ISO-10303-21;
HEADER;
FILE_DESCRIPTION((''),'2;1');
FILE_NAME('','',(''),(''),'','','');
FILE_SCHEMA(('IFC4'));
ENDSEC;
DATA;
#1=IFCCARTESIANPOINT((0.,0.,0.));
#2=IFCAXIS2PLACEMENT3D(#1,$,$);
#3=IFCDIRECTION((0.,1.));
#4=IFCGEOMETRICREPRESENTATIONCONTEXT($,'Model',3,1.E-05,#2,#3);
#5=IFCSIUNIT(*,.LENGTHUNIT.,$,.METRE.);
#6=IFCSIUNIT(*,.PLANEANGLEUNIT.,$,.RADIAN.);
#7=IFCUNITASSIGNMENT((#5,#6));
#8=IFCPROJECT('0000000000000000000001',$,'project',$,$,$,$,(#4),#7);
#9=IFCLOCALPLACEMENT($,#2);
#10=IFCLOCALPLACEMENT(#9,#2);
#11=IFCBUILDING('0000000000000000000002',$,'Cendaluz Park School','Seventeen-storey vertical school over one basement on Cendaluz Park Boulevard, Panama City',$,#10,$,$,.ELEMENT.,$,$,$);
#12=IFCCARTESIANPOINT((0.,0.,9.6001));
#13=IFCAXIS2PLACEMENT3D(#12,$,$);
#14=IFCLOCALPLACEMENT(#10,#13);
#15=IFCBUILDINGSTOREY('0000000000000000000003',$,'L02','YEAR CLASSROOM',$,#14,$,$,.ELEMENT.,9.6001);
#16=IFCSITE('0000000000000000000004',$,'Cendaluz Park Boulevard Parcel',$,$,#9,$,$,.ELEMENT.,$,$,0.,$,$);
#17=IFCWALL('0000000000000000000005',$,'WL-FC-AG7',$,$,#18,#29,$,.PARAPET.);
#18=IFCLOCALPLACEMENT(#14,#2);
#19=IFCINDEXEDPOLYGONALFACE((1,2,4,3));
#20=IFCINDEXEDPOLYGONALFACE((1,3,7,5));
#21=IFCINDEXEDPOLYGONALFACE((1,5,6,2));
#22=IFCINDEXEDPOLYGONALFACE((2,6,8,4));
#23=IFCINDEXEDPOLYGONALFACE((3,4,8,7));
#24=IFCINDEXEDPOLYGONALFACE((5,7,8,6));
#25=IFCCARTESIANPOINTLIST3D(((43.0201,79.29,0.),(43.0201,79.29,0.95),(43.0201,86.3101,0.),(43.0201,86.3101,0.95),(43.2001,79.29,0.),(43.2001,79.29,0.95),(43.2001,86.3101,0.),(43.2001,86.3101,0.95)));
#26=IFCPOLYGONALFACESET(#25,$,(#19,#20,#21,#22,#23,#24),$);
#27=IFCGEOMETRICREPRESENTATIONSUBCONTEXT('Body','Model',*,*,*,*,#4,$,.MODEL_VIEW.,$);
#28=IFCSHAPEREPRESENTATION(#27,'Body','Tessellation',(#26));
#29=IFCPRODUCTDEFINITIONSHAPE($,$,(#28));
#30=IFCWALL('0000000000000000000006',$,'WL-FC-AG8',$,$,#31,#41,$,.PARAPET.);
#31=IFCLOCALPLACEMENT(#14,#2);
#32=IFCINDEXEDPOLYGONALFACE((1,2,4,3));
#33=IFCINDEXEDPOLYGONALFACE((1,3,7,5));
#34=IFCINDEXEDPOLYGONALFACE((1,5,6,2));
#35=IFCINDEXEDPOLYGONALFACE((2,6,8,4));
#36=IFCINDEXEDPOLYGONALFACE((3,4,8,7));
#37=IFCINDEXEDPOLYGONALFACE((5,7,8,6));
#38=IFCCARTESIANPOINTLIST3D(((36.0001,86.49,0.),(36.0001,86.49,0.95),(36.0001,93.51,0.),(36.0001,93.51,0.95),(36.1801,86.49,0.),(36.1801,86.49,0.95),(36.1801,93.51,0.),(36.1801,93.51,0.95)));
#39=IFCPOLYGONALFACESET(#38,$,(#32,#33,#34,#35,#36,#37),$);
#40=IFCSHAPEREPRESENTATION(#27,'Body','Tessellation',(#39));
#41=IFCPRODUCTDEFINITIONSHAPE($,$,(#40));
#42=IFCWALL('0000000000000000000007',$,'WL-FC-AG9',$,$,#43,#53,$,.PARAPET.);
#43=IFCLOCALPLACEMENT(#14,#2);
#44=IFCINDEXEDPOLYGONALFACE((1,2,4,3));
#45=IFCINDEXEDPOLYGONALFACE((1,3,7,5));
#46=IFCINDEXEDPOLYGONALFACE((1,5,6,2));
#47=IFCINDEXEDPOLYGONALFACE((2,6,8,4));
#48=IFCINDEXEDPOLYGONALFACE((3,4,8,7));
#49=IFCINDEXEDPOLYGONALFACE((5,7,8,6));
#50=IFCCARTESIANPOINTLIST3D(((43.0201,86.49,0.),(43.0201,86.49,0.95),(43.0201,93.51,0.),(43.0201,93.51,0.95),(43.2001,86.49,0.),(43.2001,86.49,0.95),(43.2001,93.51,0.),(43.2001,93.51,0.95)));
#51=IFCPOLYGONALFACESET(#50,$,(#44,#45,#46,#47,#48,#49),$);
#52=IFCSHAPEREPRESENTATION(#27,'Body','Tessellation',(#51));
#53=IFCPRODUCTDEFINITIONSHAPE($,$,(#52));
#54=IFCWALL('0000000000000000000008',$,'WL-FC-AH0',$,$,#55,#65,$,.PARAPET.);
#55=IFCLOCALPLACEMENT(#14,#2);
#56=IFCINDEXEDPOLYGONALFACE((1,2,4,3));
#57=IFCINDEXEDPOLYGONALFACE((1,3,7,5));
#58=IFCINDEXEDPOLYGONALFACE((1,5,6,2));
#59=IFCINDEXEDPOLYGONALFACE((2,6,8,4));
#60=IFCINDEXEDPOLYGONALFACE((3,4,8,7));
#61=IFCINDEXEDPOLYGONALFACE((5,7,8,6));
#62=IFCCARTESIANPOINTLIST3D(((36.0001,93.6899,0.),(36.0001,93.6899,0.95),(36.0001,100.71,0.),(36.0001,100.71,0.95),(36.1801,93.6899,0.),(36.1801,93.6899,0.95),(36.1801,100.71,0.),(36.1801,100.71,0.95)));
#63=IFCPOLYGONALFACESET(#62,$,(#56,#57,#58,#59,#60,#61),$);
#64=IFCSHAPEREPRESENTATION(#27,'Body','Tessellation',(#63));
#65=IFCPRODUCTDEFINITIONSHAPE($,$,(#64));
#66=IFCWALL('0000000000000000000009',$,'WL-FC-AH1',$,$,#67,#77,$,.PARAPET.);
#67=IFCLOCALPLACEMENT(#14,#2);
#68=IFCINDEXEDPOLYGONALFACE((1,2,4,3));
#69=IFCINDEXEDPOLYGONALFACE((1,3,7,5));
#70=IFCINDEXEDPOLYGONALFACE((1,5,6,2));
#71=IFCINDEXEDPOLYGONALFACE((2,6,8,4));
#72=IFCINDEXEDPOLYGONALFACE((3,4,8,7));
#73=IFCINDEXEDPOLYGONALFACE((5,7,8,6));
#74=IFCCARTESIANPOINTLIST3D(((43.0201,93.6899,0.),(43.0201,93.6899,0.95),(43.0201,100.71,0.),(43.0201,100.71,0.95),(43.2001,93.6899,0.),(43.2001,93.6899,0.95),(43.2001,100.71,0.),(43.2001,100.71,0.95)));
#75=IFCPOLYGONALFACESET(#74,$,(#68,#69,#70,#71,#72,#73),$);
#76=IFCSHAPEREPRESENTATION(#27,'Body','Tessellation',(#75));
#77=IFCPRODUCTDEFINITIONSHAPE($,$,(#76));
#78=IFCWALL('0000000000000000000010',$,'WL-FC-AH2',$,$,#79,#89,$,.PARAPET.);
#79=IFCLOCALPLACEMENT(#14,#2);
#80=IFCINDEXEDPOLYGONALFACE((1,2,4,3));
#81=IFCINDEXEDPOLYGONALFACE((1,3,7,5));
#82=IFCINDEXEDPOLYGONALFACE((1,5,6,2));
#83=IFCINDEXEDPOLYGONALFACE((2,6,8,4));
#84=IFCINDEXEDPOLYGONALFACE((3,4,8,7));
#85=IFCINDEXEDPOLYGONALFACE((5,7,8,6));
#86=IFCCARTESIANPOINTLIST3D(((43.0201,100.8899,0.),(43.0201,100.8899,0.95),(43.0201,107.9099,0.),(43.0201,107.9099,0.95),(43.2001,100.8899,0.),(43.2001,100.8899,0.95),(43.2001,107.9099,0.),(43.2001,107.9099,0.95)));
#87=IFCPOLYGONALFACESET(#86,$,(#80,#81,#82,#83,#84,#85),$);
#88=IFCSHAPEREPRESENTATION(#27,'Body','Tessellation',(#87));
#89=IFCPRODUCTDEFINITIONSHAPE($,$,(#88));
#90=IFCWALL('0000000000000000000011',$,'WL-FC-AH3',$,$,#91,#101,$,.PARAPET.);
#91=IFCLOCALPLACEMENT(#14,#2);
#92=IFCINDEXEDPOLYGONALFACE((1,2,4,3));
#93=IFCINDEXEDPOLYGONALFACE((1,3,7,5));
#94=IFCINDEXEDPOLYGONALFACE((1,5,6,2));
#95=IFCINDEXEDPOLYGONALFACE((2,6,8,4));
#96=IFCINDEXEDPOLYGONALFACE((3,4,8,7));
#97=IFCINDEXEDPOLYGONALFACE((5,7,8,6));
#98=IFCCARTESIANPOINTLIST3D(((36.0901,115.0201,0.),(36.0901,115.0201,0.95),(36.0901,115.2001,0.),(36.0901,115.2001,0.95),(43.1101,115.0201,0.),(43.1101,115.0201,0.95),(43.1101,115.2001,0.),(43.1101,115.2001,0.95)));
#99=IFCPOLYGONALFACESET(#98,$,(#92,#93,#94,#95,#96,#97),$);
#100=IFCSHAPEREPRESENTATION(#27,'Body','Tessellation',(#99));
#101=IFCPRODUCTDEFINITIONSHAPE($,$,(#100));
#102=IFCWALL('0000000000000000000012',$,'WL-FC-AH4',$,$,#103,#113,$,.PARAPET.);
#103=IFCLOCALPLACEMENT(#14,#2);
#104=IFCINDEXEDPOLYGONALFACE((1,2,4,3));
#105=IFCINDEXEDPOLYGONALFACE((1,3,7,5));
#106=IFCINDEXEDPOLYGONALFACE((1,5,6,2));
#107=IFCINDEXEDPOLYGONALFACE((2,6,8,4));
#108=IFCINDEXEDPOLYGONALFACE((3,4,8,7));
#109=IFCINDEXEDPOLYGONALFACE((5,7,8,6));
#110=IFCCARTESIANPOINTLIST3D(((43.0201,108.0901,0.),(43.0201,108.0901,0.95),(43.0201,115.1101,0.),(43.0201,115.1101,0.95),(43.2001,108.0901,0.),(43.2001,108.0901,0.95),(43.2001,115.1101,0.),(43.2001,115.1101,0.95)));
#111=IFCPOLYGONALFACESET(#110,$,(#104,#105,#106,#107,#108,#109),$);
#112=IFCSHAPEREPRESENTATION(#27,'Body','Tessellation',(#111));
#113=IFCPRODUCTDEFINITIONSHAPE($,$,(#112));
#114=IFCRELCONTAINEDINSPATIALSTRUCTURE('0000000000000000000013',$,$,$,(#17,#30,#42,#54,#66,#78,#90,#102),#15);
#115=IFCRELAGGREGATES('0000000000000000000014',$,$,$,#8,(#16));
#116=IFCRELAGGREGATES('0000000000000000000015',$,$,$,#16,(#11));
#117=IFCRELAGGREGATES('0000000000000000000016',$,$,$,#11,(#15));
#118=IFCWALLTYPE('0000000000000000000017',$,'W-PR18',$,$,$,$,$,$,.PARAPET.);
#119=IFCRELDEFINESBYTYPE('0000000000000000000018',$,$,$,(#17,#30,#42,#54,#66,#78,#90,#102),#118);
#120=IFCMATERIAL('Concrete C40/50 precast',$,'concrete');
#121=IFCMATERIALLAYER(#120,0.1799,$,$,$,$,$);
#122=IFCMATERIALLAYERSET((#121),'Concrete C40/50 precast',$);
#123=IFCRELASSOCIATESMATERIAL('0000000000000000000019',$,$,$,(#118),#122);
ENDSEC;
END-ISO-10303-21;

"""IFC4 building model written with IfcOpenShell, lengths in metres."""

from ifc_helpers import new_model, si_unit, direction, frame, frame_2d, origin, place, context, subcontext, project, spatial, rectangle, extrude, material, layer, layer_set, type_object, element, save


model = new_model("IFC4")

# Units and contexts
model_context = context("Model", 3, precision=1e-05, world=origin(), true_north=direction((0.0, 1.0)))
body_context = subcontext(model_context, "Body", "Model", "MODEL_VIEW")
ifc_project = project(units=[si_unit("LENGTHUNIT", "METRE"), si_unit("PLANEANGLEUNIT", "RADIAN")], contexts=[model_context])

# Site, building, storey
site_placement = place(None, origin())
site = spatial("IfcSite", under=ifc_project, at=site_placement, Name="Cendaluz Park Boulevard Parcel", CompositionType="ELEMENT", RefElevation=0.0)
building_placement = place(site_placement, origin())
building = spatial("IfcBuilding", under=site, at=building_placement, Name="Cendaluz Park School", Description="Seventeen-storey vertical school over one basement on Cendaluz Park Boulevard, Panama City", CompositionType="ELEMENT")
storey_placement = place(building_placement, frame((0.0, 0.0, 9.6001)))
storey = spatial("IfcBuildingStorey", under=building, at=storey_placement, Name="L02", Description="YEAR CLASSROOM", CompositionType="ELEMENT", Elevation=9.6001)

# Shared definitions
ifc_material_1 = material(Name="Concrete C40/50 precast", Category="concrete")

# Walls
ifc_layer_1 = layer(ifc_material_1, 0.1799)
ifc_layer_set_1 = layer_set([ifc_layer_1], Name="Concrete C40/50 precast")
wall_type_1 = type_object("IfcWallType", Name="W-PR18", PredefinedType="PARAPET", material=ifc_layer_set_1)
for number, where, z_axis, x_axis, name in (
    (1, (43.1101, 79.29, 0.0), (0.0, 0.0, 1.0), (0.0, 1.0, 0.0), "WL-FC-AG7"),
    (2, (36.0901, 86.49, 0.0), (0.0, 0.0, 1.0), (0.0, 1.0, 0.0), "WL-FC-AG8"),
    (3, (43.1101, 86.49, 0.0), (0.0, 0.0, 1.0), (0.0, 1.0, 0.0), "WL-FC-AG9"),
    (4, (36.0901, 93.6899, 0.0), (0.0, 0.0, 1.0), (0.0, 1.0, 0.0), "WL-FC-AH0"),
    (5, (43.1101, 93.6899, 0.0), (0.0, 0.0, 1.0), (0.0, 1.0, 0.0), "WL-FC-AH1"),
    (6, (43.1101, 100.8899, 0.0), (0.0, 0.0, 1.0), (0.0, 1.0, 0.0), "WL-FC-AH2"),
    (7, (36.0901, 115.1101, 0.0), (0.0, 0.0, 1.0), (1.0, 0.0, 0.0), "WL-FC-AH3"),
    (8, (43.1101, 108.0901, 0.0), (0.0, 0.0, 1.0), (0.0, 1.0, 0.0), "WL-FC-AH4"),
):
    element("IfcWall", number, at=place(storey_placement, frame(where, z_axis=z_axis, x_axis=x_axis)), inside=storey, type_object=wall_type_1, Name=name, PredefinedType="PARAPET", context=body_context, shape_type="SweptSolid", body=[
        extrude(rectangle(XDim=7.02, YDim=0.1799, at=frame_2d((3.51, 0.0))), origin(), (0.0, 0.0, 1.0), 0.95),
    ])

save(model, "model.ifc")
